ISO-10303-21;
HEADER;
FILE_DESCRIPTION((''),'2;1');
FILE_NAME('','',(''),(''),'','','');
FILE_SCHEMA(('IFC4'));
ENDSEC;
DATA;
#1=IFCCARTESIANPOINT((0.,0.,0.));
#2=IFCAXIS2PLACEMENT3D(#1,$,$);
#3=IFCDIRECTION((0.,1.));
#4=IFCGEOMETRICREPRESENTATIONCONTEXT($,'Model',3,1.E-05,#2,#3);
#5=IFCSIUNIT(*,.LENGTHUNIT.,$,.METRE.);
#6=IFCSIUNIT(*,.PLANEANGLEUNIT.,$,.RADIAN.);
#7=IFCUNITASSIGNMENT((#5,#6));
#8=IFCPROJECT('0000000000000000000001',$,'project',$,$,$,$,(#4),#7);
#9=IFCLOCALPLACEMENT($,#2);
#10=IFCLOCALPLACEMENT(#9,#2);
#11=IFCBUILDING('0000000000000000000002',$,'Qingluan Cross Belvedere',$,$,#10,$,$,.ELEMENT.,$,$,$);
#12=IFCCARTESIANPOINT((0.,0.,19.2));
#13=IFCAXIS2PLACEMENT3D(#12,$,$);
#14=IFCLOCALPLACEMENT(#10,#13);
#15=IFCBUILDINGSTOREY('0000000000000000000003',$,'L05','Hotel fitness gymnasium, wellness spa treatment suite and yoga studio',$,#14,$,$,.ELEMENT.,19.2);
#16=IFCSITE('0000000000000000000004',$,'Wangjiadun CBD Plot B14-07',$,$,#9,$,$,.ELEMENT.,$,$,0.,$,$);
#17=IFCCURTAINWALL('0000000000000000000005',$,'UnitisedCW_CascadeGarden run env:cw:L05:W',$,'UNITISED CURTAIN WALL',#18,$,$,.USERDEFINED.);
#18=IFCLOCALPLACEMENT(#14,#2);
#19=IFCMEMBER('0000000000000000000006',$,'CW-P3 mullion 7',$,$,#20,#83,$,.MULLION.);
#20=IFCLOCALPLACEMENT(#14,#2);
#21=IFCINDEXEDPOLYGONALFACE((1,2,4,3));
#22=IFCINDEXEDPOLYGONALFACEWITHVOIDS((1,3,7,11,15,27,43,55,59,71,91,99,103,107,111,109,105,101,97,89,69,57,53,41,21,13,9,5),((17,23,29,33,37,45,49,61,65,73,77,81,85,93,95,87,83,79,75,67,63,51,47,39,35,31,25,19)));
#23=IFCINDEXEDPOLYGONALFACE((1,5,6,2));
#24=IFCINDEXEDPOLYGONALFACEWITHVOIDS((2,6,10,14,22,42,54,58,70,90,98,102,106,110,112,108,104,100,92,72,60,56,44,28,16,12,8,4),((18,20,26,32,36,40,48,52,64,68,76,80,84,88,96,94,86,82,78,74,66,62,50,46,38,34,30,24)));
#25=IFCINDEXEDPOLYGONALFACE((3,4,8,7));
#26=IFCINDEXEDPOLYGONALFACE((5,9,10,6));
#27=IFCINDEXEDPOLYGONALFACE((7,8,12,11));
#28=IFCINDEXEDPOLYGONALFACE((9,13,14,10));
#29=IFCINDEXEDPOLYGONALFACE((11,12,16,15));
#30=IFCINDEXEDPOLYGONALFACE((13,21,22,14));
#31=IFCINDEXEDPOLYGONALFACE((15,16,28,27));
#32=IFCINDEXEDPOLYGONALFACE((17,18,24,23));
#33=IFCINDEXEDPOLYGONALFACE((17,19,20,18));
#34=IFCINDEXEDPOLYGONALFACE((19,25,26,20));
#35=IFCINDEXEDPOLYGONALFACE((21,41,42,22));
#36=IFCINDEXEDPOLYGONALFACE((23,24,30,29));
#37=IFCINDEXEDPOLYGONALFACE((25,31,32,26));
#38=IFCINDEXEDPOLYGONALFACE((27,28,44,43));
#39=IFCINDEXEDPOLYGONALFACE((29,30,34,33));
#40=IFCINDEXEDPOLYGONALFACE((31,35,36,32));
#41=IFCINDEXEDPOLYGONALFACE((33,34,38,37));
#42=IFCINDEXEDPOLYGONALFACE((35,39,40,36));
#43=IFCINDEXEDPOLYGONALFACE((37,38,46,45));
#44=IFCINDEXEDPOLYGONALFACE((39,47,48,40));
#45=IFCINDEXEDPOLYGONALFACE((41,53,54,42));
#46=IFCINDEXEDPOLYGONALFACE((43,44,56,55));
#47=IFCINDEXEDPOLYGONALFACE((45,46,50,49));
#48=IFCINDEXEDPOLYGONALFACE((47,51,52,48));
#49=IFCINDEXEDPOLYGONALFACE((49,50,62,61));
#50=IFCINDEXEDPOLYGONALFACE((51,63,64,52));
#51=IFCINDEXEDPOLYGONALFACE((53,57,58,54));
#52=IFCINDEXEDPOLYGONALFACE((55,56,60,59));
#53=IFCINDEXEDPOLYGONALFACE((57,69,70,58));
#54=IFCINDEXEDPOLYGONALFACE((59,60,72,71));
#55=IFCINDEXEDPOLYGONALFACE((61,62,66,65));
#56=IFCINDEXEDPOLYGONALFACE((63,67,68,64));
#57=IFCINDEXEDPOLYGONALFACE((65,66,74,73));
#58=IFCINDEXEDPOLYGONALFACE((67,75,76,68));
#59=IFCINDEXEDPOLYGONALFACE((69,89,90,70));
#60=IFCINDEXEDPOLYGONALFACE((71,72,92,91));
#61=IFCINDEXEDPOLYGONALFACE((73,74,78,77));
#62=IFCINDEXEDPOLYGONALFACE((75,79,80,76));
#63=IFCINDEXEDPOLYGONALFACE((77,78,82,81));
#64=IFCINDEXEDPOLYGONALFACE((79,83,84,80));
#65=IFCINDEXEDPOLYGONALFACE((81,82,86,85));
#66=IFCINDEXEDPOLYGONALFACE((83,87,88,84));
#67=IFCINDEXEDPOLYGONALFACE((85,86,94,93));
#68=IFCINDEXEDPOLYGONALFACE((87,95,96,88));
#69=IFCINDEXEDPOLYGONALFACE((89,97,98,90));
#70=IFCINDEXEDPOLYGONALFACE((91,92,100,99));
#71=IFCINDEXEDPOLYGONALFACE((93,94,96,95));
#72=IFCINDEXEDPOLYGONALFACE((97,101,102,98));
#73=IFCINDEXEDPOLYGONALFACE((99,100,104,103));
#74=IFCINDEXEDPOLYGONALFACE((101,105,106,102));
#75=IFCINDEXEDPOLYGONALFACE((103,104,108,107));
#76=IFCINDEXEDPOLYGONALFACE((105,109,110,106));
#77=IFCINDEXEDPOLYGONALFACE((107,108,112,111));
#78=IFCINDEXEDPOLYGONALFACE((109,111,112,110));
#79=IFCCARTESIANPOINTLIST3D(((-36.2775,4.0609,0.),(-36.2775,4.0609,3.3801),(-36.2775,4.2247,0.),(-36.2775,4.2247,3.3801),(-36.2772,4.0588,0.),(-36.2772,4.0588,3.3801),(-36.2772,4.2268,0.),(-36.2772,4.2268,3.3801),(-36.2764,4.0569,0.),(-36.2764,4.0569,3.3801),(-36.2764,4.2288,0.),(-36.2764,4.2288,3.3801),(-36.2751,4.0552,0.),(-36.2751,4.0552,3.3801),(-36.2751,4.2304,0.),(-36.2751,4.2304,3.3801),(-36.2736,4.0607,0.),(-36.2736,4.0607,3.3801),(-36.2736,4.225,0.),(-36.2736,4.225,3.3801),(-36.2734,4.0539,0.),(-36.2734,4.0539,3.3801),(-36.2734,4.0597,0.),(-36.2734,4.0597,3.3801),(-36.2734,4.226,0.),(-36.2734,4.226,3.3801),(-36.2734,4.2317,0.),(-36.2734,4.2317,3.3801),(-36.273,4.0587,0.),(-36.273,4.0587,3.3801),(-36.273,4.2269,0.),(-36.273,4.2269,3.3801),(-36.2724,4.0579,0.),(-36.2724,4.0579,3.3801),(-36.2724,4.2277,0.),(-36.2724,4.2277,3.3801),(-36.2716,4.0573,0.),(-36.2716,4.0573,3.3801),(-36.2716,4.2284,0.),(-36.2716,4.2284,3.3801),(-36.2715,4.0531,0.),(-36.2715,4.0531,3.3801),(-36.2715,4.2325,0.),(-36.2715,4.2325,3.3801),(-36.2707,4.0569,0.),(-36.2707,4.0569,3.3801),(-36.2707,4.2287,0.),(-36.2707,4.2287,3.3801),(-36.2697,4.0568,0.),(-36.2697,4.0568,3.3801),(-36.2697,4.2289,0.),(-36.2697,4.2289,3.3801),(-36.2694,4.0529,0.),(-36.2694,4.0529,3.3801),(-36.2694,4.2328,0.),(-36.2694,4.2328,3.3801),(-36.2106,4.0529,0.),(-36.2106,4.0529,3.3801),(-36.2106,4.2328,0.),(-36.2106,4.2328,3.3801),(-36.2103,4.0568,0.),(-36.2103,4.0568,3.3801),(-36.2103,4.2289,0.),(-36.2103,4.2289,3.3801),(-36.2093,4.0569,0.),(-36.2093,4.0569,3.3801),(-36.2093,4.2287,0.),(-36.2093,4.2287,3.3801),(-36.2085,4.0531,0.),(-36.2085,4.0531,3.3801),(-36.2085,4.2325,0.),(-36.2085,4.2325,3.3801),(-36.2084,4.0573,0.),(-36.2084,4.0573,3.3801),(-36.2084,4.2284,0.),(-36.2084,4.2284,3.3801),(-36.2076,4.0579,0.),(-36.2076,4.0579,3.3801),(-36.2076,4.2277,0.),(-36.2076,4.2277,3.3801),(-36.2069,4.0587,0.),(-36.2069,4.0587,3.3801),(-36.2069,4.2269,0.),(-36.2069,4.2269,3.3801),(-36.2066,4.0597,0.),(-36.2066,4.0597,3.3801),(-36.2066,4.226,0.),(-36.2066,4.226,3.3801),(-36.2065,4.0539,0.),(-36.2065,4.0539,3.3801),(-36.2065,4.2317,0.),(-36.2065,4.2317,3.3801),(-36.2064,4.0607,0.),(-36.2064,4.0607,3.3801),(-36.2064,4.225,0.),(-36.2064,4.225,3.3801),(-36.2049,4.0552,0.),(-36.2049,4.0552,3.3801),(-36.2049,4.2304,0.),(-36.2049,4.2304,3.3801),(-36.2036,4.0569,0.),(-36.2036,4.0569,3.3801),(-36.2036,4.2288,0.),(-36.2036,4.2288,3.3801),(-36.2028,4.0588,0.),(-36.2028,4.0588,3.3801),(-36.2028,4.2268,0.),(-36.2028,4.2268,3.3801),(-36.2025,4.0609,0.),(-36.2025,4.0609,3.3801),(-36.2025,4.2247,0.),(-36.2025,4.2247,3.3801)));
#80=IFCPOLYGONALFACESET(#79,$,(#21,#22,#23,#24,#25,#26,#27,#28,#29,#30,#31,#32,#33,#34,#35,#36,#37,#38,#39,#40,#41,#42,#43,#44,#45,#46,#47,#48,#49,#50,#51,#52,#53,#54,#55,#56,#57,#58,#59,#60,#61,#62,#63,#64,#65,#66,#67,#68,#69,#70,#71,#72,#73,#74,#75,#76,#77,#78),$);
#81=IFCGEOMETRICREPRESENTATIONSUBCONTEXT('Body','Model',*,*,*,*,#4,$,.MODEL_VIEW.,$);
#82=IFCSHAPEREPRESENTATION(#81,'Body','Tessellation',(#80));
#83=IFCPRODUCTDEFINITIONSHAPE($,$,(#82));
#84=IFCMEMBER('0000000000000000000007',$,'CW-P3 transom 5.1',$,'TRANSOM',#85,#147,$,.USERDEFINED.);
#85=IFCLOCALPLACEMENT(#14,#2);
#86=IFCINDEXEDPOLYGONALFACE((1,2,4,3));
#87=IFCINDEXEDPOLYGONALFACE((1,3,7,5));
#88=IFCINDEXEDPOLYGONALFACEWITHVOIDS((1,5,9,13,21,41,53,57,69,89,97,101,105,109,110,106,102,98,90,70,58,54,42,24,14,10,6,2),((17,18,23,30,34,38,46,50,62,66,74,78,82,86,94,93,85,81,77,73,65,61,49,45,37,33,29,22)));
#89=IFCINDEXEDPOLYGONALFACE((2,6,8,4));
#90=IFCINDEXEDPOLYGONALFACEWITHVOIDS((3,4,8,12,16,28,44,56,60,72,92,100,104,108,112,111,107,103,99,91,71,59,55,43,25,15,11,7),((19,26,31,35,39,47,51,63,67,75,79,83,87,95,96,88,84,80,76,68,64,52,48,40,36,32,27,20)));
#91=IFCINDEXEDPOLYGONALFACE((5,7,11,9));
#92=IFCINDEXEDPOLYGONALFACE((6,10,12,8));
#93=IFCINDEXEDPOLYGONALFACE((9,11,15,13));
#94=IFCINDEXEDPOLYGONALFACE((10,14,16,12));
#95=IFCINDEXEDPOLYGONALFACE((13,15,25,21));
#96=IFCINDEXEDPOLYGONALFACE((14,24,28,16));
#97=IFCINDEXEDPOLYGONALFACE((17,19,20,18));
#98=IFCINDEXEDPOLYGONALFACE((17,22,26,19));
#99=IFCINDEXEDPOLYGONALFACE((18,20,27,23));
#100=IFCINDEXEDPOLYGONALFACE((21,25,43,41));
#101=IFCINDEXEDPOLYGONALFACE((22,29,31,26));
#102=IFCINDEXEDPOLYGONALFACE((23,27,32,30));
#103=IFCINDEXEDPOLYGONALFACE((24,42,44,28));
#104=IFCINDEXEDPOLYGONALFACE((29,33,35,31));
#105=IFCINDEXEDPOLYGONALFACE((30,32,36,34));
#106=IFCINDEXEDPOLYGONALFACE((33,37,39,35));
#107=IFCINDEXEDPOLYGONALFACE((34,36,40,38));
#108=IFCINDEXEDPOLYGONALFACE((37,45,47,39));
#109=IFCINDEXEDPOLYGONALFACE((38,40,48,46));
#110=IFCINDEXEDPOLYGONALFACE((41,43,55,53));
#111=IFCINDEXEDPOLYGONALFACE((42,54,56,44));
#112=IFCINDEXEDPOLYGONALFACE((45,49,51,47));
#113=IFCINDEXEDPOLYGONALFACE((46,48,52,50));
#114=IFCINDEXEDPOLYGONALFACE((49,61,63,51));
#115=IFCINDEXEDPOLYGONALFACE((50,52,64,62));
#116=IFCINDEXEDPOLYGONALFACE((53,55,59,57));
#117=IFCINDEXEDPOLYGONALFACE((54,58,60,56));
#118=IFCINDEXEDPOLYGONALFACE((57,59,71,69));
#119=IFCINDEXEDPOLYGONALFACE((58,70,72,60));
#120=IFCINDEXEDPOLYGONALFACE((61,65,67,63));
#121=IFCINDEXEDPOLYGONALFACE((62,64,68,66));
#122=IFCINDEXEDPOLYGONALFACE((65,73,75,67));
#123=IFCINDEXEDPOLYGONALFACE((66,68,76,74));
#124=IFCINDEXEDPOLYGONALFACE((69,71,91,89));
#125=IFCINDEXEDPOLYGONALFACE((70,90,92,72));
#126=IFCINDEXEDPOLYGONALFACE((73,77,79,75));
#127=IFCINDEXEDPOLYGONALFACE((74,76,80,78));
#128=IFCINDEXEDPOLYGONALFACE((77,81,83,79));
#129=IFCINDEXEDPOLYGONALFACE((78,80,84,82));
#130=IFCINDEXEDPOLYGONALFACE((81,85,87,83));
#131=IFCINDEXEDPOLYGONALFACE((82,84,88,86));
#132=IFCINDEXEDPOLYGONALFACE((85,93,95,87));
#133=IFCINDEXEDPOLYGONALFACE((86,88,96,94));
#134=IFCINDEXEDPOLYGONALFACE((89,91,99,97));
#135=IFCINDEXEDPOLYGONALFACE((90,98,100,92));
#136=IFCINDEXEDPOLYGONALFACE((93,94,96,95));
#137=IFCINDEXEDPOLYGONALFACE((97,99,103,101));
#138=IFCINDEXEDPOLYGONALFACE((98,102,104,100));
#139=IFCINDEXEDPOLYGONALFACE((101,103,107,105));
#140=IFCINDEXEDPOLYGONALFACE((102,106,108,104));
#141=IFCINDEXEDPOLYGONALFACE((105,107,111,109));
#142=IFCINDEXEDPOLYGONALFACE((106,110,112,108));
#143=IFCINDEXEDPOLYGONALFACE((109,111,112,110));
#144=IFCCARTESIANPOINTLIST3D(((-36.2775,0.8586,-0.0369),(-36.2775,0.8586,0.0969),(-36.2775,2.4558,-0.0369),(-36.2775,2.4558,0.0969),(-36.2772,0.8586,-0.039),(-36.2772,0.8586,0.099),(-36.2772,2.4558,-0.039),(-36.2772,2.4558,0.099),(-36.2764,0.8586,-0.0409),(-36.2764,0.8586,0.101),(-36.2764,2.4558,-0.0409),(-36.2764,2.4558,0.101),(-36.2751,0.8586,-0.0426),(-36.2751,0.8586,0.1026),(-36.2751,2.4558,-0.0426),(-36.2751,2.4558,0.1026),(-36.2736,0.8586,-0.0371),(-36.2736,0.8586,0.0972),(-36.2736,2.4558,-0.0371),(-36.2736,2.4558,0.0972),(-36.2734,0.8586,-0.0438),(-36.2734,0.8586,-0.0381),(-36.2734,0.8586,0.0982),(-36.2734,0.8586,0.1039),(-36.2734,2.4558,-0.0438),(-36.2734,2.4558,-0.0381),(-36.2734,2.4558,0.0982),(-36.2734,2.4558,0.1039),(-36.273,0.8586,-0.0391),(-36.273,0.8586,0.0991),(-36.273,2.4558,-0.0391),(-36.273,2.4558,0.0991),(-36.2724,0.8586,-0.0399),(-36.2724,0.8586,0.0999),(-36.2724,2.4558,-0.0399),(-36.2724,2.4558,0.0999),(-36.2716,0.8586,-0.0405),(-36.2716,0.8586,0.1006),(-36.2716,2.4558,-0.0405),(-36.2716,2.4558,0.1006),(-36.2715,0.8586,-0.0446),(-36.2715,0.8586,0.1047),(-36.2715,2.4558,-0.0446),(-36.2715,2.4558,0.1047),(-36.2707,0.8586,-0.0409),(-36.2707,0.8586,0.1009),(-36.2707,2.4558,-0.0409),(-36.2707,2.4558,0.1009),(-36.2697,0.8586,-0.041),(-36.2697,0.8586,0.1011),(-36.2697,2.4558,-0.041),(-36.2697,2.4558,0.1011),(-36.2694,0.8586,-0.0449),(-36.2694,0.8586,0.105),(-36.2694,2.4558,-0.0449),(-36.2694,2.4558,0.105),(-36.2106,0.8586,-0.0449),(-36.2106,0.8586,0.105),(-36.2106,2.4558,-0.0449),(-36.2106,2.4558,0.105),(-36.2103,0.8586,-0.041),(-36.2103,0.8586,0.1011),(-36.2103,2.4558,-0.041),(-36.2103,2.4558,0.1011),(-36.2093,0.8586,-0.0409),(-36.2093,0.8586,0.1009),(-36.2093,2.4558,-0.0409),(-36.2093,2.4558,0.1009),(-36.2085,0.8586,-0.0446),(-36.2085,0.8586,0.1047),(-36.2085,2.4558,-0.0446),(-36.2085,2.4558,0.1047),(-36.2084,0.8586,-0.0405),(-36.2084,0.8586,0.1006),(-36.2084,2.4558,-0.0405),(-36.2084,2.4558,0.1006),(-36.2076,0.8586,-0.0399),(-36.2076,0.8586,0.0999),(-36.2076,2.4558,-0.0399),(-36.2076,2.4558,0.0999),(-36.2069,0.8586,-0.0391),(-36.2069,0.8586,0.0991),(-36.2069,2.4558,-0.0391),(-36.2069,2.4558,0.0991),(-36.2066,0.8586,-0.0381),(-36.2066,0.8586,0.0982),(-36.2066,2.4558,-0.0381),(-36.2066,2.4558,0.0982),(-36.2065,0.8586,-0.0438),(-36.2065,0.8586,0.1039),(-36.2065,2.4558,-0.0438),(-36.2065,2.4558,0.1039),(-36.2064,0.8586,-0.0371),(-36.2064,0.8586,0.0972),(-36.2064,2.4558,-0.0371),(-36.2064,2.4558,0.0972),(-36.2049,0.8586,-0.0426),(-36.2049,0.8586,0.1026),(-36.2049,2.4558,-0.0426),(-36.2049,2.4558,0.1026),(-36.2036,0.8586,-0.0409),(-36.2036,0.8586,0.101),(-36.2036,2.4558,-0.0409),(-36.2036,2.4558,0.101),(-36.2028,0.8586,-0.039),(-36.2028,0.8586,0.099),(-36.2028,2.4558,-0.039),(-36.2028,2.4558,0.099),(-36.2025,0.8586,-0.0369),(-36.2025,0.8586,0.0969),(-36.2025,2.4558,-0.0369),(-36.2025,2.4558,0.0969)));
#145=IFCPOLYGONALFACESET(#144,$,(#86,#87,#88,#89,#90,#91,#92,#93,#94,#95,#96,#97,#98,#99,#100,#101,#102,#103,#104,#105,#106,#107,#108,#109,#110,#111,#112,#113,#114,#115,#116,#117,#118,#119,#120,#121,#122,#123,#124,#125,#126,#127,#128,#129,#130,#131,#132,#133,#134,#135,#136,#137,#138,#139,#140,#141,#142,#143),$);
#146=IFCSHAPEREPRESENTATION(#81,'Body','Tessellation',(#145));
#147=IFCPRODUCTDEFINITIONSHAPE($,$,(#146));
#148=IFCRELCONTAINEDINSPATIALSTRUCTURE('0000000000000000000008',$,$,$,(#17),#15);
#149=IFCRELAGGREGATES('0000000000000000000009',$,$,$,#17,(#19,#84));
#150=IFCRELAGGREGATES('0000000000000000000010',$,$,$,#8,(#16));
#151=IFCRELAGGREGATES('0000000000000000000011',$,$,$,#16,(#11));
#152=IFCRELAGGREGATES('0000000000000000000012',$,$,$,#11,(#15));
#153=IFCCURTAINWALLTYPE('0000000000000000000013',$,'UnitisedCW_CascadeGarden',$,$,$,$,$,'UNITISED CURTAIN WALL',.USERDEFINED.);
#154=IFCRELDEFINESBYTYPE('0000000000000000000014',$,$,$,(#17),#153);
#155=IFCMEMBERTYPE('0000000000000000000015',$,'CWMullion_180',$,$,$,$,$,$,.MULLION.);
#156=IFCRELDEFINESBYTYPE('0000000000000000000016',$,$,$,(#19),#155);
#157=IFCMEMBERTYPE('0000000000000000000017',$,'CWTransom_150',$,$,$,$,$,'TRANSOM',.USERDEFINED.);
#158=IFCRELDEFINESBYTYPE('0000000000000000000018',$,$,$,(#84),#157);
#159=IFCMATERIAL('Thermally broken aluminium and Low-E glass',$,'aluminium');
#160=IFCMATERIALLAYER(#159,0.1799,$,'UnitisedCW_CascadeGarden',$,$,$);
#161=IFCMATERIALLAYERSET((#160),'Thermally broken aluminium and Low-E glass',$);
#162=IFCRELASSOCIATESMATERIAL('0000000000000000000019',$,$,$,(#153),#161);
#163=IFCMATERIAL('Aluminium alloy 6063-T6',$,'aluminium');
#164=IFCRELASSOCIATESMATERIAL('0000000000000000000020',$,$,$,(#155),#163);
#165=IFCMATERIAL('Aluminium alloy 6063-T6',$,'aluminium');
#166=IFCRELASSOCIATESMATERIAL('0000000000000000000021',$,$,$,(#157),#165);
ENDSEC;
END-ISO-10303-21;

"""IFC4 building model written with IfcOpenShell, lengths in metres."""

from ifc_helpers import new_model, si_unit, direction, frame, origin, origin_2d, place, context, subcontext, project, spatial, hollow_rectangle, extrude, material, layer, layer_set, material_profile, profile_set, type_object, element, aggregate, save


model = new_model("IFC4")

# Units and contexts
model_context = context("Model", 3, precision=1e-05, world=origin(), true_north=direction((0.0, 1.0)))
body_context = subcontext(model_context, "Body", "Model", "MODEL_VIEW")
ifc_project = project(units=[si_unit("LENGTHUNIT", "METRE"), si_unit("PLANEANGLEUNIT", "RADIAN")], contexts=[model_context])

# Site, building, storey
site_placement = place(None, origin())
site = spatial("IfcSite", under=ifc_project, at=site_placement, Name="Wangjiadun CBD Plot B14-07", CompositionType="ELEMENT", RefElevation=0.0)
building_placement = place(site_placement, origin())
building = spatial("IfcBuilding", under=site, at=building_placement, Name="Qingluan Cross Belvedere", CompositionType="ELEMENT")
storey_placement = place(building_placement, frame((0.0, 0.0, 19.2)))
storey = spatial("IfcBuildingStorey", under=building, at=storey_placement, Name="L05", Description="Hotel fitness gymnasium, wellness spa treatment suite and yoga studio", CompositionType="ELEMENT", Elevation=19.2)

# Curtain wall, members
ifc_material_1 = material(Name="Thermally broken aluminium and Low-E glass", Category="aluminium")
ifc_layer_1 = layer(ifc_material_1, 0.1799, Name="UnitisedCW_CascadeGarden")
ifc_layer_set_1 = layer_set([ifc_layer_1], Name="Thermally broken aluminium and Low-E glass")
curtain_wall_type = type_object("IfcCurtainWallType", Name="UnitisedCW_CascadeGarden", ElementType="UNITISED CURTAIN WALL", PredefinedType="USERDEFINED", material=ifc_layer_set_1)
curtain_wall_placement = place(storey_placement, origin())
curtain_wall = element("IfcCurtainWall", 1, at=curtain_wall_placement, inside=storey, type_object=curtain_wall_type, Name="UnitisedCW_CascadeGarden run env:cw:L05:W", ObjectType="UNITISED CURTAIN WALL", PredefinedType="USERDEFINED")
ifc_material_2 = material(Name="Aluminium alloy 6063-T6", Category="aluminium")
ifc_material_profile_1 = material_profile(ifc_material_2, hollow_rectangle(XDim=0.075, YDim=0.1799, WallThickness=0.0039, InnerFilletRadius=0.0039, OuterFilletRadius=0.0081, at=origin_2d()), Name="CWM180x75x4")
ifc_profile_set_1 = profile_set([ifc_material_profile_1], Name="Aluminium alloy 6063-T6")
member_type_1 = type_object("IfcMemberType", Name="CWMullion_180", PredefinedType="MULLION", material=ifc_profile_set_1)
member_1_placement = place(storey_placement, frame((-36.24, 4.1428, 0.0), z_axis=(0.0, 0.0, 1.0), x_axis=(-1.0, 0.0, 0.0)))
member_1 = element("IfcMember", 2, at=member_1_placement, type_object=member_type_1, Name="CW-P3 mullion 7", PredefinedType="MULLION", context=body_context, shape_type="SweptSolid", body=[
    extrude(hollow_rectangle(XDim=0.075, YDim=0.1799, WallThickness=0.0039, InnerFilletRadius=0.0039, OuterFilletRadius=0.0081, at=origin_2d()), origin(), (0.0, 0.0, 1.0), 3.3801),
])
ifc_material_3 = material(Name="Aluminium alloy 6063-T6", Category="aluminium")
ifc_material_profile_2 = material_profile(ifc_material_3, hollow_rectangle(XDim=0.075, YDim=0.1499, WallThickness=0.0039, InnerFilletRadius=0.0039, OuterFilletRadius=0.0081, at=origin_2d()), Name="CWT150x75x4")
ifc_profile_set_2 = profile_set([ifc_material_profile_2], Name="Aluminium alloy 6063-T6")
member_type_2 = type_object("IfcMemberType", Name="CWTransom_150", ElementType="TRANSOM", PredefinedType="USERDEFINED", material=ifc_profile_set_2)
member_2_placement = place(storey_placement, frame((-36.24, 0.8586, 0.03), z_axis=(0.0, 1.0, 0.0), x_axis=(-1.0, 0.0, 0.0)))
member_2 = element("IfcMember", 3, at=member_2_placement, type_object=member_type_2, Name="CW-P3 transom 5.1", ObjectType="TRANSOM", PredefinedType="USERDEFINED", context=body_context, shape_type="SweptSolid", body=[
    extrude(hollow_rectangle(XDim=0.075, YDim=0.1499, WallThickness=0.0039, InnerFilletRadius=0.0039, OuterFilletRadius=0.0081, at=origin_2d()), origin(), (0.0, 0.0, 1.0), 1.5972),
])

aggregate(curtain_wall, [member_1, member_2])

save(model, "model.ifc")
